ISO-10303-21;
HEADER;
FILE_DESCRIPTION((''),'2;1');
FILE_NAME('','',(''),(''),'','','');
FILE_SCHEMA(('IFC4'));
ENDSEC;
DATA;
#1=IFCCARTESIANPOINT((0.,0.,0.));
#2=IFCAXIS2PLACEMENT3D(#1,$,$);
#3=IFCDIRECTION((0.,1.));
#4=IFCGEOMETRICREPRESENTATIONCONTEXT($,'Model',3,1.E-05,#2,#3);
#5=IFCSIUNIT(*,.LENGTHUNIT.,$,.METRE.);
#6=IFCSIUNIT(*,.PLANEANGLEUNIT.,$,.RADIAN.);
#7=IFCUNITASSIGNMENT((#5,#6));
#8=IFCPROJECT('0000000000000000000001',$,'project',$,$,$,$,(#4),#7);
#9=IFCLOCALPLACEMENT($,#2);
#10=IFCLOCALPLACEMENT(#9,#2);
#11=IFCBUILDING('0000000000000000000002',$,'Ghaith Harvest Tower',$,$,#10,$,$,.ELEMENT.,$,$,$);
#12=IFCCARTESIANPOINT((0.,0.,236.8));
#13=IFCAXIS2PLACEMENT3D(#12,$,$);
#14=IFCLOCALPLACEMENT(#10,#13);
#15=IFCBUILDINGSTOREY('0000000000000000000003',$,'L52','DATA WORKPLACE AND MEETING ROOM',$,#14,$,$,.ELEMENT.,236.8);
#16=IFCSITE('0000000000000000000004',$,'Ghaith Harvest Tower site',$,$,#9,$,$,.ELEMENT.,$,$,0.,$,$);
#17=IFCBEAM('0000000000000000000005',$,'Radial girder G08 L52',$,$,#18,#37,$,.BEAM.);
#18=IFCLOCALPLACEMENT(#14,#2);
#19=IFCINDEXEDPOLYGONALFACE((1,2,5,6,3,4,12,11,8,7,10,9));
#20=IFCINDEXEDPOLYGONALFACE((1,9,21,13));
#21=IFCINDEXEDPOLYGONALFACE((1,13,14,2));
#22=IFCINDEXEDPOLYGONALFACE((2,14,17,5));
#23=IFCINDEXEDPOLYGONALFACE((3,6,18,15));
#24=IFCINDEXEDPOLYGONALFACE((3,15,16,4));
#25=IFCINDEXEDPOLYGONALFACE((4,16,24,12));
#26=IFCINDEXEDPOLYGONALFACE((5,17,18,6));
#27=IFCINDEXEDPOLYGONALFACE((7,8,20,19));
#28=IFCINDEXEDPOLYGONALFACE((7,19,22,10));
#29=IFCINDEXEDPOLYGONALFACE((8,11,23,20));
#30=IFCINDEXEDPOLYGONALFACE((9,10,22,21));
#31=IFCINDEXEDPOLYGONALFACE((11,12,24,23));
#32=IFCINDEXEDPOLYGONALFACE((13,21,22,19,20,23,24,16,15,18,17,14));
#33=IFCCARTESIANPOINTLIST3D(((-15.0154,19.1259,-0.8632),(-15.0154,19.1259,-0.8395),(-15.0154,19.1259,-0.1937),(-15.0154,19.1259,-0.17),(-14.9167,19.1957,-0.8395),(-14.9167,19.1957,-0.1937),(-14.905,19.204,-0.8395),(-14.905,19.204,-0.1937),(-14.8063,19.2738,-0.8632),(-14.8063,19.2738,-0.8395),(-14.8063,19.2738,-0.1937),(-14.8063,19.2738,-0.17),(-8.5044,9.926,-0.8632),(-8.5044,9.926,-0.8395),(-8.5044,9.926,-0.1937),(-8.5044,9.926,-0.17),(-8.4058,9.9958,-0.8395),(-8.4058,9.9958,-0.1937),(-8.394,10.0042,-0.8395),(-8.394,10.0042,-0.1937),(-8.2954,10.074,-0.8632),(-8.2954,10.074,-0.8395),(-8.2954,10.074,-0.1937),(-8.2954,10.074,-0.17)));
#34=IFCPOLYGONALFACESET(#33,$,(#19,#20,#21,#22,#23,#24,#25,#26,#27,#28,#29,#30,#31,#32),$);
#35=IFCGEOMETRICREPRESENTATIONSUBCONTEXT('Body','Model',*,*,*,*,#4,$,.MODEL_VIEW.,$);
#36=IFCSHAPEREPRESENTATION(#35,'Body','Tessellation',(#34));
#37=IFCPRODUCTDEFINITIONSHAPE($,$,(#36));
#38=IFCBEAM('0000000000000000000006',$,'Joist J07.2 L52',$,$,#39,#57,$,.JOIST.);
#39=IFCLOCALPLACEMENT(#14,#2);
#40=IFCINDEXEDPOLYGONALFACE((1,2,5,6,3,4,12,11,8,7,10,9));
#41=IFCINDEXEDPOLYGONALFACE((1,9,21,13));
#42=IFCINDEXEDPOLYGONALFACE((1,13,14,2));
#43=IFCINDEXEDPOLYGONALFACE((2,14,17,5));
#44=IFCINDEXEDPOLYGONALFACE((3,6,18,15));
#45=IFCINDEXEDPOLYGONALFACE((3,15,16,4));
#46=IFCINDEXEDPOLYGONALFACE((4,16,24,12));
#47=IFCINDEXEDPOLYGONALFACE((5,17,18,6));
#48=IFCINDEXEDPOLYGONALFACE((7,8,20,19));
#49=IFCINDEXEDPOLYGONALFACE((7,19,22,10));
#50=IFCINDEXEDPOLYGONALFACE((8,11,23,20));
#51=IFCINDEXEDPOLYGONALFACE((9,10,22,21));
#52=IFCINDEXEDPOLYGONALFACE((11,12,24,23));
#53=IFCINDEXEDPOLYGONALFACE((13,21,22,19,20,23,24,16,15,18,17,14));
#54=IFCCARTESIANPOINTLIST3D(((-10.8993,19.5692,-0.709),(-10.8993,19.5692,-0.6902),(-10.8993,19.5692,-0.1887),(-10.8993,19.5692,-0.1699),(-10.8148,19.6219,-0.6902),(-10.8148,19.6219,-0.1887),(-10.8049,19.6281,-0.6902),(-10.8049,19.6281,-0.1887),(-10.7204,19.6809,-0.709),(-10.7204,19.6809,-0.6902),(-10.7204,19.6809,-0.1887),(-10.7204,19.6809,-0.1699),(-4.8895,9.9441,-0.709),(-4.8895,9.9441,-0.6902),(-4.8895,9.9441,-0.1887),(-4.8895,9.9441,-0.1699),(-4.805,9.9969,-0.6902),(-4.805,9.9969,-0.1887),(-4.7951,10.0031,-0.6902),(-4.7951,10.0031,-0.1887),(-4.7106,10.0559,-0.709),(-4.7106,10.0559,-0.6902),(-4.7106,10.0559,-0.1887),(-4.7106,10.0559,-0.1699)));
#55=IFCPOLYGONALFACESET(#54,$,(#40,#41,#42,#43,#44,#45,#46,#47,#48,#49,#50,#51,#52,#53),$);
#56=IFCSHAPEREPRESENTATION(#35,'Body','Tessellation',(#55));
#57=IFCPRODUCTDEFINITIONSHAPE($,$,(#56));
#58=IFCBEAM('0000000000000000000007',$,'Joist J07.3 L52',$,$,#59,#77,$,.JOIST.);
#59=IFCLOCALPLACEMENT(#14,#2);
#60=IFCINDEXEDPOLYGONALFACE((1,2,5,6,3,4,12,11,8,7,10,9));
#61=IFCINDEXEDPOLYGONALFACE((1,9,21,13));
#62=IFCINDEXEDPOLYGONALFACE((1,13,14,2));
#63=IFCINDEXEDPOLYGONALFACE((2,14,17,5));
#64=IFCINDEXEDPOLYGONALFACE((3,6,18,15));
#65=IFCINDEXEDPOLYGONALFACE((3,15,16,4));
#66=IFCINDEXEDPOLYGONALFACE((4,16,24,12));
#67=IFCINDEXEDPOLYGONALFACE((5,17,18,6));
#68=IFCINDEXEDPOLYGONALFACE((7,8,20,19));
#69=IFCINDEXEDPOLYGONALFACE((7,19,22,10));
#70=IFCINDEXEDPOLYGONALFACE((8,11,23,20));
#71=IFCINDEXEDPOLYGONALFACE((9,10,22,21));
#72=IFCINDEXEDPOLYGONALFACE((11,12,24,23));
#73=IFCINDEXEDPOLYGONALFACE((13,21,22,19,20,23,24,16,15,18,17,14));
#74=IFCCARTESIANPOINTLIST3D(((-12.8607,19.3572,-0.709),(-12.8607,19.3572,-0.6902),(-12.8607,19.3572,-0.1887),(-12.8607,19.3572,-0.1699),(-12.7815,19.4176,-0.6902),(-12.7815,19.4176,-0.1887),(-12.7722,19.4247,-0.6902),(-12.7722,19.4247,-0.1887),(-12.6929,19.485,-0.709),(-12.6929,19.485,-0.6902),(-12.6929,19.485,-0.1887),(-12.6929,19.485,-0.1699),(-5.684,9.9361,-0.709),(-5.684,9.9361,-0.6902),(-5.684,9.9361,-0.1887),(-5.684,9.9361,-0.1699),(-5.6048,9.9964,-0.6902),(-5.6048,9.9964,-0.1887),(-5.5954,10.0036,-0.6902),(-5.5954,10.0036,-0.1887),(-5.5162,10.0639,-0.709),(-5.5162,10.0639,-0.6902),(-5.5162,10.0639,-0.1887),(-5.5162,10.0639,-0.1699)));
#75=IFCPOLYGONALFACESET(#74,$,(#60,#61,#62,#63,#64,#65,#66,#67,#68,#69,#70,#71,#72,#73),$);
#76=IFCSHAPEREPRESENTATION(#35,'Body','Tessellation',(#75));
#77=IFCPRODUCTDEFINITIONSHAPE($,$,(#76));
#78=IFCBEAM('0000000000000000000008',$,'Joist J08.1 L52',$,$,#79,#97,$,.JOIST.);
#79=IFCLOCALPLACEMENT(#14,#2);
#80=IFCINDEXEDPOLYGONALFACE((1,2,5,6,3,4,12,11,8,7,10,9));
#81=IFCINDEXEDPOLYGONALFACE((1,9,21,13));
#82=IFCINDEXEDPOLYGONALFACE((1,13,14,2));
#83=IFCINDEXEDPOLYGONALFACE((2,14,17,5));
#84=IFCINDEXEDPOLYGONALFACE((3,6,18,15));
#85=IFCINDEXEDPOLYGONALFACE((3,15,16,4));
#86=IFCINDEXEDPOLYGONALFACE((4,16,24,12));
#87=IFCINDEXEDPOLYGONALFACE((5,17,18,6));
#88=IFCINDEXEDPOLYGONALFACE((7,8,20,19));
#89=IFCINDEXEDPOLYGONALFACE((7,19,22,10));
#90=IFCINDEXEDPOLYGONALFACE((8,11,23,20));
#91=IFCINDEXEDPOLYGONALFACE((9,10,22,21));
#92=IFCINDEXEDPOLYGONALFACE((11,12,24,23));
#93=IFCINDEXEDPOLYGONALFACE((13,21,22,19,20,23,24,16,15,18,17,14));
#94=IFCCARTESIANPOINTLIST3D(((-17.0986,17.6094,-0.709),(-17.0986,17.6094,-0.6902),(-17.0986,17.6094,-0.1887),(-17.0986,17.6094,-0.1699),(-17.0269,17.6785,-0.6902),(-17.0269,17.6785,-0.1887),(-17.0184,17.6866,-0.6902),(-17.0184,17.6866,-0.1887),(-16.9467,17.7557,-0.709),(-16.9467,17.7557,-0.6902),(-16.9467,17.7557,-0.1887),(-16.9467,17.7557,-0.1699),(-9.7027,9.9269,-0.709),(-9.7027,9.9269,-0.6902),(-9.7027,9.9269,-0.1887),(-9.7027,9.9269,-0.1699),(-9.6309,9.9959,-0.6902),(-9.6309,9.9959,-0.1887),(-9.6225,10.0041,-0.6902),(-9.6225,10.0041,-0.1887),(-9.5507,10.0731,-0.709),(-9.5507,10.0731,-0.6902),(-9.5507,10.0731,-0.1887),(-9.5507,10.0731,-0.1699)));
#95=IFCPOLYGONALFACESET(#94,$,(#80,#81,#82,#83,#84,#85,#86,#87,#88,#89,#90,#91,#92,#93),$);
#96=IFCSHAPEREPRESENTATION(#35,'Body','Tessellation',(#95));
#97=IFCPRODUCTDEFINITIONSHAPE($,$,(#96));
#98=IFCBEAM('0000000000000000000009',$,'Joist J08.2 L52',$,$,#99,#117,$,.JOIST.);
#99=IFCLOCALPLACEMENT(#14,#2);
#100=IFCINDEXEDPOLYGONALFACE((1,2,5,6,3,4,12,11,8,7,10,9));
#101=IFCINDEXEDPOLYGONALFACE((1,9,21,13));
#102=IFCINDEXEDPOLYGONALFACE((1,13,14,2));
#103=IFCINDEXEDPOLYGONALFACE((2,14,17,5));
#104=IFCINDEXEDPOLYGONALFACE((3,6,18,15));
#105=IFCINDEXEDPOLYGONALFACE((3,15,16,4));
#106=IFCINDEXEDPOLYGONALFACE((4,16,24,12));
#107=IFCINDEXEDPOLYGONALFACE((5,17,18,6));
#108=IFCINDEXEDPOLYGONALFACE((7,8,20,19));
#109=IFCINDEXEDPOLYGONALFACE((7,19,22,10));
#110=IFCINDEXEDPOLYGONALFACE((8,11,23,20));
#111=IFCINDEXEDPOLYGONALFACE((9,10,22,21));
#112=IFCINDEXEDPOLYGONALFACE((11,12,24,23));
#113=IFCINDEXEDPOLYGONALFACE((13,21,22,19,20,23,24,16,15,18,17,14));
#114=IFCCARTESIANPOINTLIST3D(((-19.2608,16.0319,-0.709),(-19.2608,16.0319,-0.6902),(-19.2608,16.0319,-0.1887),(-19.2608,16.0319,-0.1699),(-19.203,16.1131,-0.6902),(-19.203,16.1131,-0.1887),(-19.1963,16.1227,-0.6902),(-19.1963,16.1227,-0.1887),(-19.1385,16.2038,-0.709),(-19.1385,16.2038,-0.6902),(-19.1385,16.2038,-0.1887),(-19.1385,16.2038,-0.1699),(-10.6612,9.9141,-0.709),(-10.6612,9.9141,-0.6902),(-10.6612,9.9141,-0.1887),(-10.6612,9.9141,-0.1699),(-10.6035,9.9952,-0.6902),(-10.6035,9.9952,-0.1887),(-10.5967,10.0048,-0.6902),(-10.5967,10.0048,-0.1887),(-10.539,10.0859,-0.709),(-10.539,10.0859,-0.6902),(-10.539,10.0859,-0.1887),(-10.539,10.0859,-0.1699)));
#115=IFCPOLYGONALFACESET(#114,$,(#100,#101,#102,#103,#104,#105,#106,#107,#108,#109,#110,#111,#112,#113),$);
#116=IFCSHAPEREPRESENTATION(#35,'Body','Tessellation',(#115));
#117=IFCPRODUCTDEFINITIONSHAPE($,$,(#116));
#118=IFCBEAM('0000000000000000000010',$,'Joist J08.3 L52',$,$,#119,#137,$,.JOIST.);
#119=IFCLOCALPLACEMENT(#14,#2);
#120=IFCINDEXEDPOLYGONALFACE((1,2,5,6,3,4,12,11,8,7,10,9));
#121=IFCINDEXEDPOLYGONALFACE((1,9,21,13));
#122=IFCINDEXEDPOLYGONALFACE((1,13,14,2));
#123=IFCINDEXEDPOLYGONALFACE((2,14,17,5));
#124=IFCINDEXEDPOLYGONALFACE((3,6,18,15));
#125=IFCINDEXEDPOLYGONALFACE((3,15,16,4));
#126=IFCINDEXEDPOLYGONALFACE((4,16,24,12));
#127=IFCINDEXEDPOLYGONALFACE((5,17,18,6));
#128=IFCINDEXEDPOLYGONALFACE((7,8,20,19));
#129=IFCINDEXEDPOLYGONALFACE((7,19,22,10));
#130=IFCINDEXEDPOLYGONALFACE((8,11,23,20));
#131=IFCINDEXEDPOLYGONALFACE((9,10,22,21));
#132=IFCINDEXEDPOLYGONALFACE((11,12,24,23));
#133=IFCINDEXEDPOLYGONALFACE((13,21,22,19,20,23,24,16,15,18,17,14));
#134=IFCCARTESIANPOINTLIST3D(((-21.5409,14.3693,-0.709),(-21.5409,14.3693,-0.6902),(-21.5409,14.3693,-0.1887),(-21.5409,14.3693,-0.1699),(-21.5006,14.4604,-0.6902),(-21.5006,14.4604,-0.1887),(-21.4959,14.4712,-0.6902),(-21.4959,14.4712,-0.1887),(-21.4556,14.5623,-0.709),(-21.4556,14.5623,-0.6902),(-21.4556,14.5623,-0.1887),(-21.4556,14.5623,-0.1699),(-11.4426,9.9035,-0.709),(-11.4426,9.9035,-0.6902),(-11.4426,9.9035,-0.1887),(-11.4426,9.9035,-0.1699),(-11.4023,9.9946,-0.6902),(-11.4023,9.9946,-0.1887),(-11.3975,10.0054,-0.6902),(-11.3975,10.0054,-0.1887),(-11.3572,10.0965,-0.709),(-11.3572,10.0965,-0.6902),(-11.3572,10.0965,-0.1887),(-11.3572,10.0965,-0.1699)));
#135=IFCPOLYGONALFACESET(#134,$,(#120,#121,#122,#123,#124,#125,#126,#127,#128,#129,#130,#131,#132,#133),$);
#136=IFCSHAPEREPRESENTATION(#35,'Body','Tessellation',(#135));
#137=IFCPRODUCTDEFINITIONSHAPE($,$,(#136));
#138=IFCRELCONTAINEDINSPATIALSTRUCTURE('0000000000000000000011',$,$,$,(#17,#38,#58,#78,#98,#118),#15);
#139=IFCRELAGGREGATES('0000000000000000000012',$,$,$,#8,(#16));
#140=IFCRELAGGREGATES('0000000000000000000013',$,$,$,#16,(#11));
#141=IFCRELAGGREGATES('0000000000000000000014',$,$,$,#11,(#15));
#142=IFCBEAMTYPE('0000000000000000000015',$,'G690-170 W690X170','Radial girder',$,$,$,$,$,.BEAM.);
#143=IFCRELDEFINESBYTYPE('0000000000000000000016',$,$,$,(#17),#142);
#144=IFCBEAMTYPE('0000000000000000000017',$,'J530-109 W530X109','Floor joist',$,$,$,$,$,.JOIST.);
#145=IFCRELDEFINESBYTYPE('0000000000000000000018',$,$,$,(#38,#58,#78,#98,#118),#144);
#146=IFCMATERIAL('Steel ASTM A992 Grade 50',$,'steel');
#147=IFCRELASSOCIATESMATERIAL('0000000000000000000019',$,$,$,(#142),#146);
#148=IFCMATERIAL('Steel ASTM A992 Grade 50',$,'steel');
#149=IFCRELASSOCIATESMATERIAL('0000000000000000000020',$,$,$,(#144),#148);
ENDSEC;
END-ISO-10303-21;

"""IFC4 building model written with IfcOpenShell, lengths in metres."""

from ifc_helpers import new_model, si_unit, direction, frame, origin, origin_2d, place, context, subcontext, project, spatial, i_section, extrude, material, material_profile, profile_set, type_object, element, save


model = new_model("IFC4")

# Units and contexts
model_context = context("Model", 3, precision=1e-05, world=origin(), true_north=direction((0.0, 1.0)))
body_context = subcontext(model_context, "Body", "Model", "MODEL_VIEW")
ifc_project = project(units=[si_unit("LENGTHUNIT", "METRE"), si_unit("PLANEANGLEUNIT", "RADIAN")], contexts=[model_context])

# Site, building, storey
site_placement = place(None, origin())
site = spatial("IfcSite", under=ifc_project, at=site_placement, Name="Ghaith Harvest Tower site", CompositionType="ELEMENT", RefElevation=0.0)
building_placement = place(site_placement, origin())
building = spatial("IfcBuilding", under=site, at=building_placement, Name="Ghaith Harvest Tower", CompositionType="ELEMENT")
storey_placement = place(building_placement, frame((0.0, 0.0, 236.8)))
storey = spatial("IfcBuildingStorey", under=building, at=storey_placement, Name="L52", Description="DATA WORKPLACE AND MEETING ROOM", CompositionType="ELEMENT", Elevation=236.8)

# Beams
ifc_material_1 = material(Name="Steel ASTM A992 Grade 50", Category="steel")
ifc_material_profile_1 = material_profile(ifc_material_1, i_section(OverallWidth=0.2561, OverallDepth=0.6931, WebThickness=0.0144, FlangeThickness=0.0237, at=origin_2d()), Name="W690X170")
ifc_profile_set_1 = profile_set([ifc_material_profile_1], Name="Steel ASTM A992 Grade 50")
beam_type_1 = type_object("IfcBeamType", Name="G690-170 W690X170", Description="Radial girder", PredefinedType="BEAM", material=ifc_profile_set_1)
beam_1_placement = place(storey_placement, frame((-8.3999, 10.0, -0.5166), z_axis=(-0.577684, 0.816261, 0.0), x_axis=(-0.816261, -0.577684, 0.0)))
element("IfcBeam", 1, at=beam_1_placement, inside=storey, type_object=beam_type_1, Name="Radial girder G08 L52", PredefinedType="BEAM", context=body_context, shape_type="SweptSolid", body=[
    extrude(i_section(OverallWidth=0.2561, OverallDepth=0.6931, WebThickness=0.0144, FlangeThickness=0.0237, at=origin_2d()), origin(), (0.0, 0.0, 1.0), 11.2708),
])
ifc_material_2 = material(Name="Steel ASTM A992 Grade 50", Category="steel")
ifc_material_profile_2 = material_profile(ifc_material_2, i_section(OverallWidth=0.2109, OverallDepth=0.5391, WebThickness=0.0117, FlangeThickness=0.0188, at=origin_2d()), Name="W530X109")
ifc_profile_set_2 = profile_set([ifc_material_profile_2], Name="Steel ASTM A992 Grade 50")
beam_type_2 = type_object("IfcBeamType", Name="J530-109 W530X109", Description="Floor joist", PredefinedType="JOIST", material=ifc_profile_set_2)
beam_2_placement = place(storey_placement, frame((-4.8, 10.0, -0.4395), z_axis=(-0.529628, 0.84823, 0.0), x_axis=(-0.84823, -0.529628, 0.0)))
element("IfcBeam", 2, at=beam_2_placement, inside=storey, type_object=beam_type_2, Name="Joist J07.2 L52", PredefinedType="JOIST", context=body_context, shape_type="SweptSolid", body=[
    extrude(i_section(OverallWidth=0.2109, OverallDepth=0.5391, WebThickness=0.0117, FlangeThickness=0.0188, at=origin_2d()), origin(), (0.0, 0.0, 1.0), 11.3472),
])
beam_3_placement = place(storey_placement, frame((-5.6001, 10.0, -0.4395), z_axis=(-0.605976, 0.795483, 0.0), x_axis=(-0.795483, -0.605976, 0.0)))
element("IfcBeam", 3, at=beam_3_placement, inside=storey, type_object=beam_type_2, Name="Joist J07.3 L52", PredefinedType="JOIST", context=body_context, shape_type="SweptSolid", body=[
    extrude(i_section(OverallWidth=0.2109, OverallDepth=0.5391, WebThickness=0.0117, FlangeThickness=0.0188, at=origin_2d()), origin(), (0.0, 0.0, 1.0), 11.8433),
])
beam_4_placement = place(storey_placement, frame((-9.6267, 10.0, -0.4395), z_axis=(-0.69354, 0.720418, 0.0), x_axis=(-0.720418, -0.69354, 0.0)))
element("IfcBeam", 4, at=beam_4_placement, inside=storey, type_object=beam_type_2, Name="Joist J08.1 L52", PredefinedType="JOIST", context=body_context, shape_type="SweptSolid", body=[
    extrude(i_section(OverallWidth=0.2109, OverallDepth=0.5391, WebThickness=0.0117, FlangeThickness=0.0188, at=origin_2d()), origin(), (0.0, 0.0, 1.0), 10.6641),
])
beam_5_placement = place(storey_placement, frame((-10.6001, 10.0, -0.4395), z_axis=(-0.814837, 0.57969, 0.0), x_axis=(-0.57969, -0.814837, 0.0)))
element("IfcBeam", 5, at=beam_5_placement, inside=storey, type_object=beam_type_2, Name="Joist J08.2 L52", PredefinedType="JOIST", context=body_context, shape_type="SweptSolid", body=[
    extrude(i_section(OverallWidth=0.2109, OverallDepth=0.5391, WebThickness=0.0117, FlangeThickness=0.0188, at=origin_2d()), origin(), (0.0, 0.0, 1.0), 10.5537),
])
beam_6_placement = place(storey_placement, frame((-11.3999, 10.0, -0.4395), z_axis=(-0.914561, 0.404447, 0.0), x_axis=(-0.404447, -0.914561, 0.0)))
element("IfcBeam", 6, at=beam_6_placement, inside=storey, type_object=beam_type_2, Name="Joist J08.3 L52", PredefinedType="JOIST", context=body_context, shape_type="SweptSolid", body=[
    extrude(i_section(OverallWidth=0.2109, OverallDepth=0.5391, WebThickness=0.0117, FlangeThickness=0.0188, at=origin_2d()), origin(), (0.0, 0.0, 1.0), 11.0417),
])

save(model, "model.ifc")
